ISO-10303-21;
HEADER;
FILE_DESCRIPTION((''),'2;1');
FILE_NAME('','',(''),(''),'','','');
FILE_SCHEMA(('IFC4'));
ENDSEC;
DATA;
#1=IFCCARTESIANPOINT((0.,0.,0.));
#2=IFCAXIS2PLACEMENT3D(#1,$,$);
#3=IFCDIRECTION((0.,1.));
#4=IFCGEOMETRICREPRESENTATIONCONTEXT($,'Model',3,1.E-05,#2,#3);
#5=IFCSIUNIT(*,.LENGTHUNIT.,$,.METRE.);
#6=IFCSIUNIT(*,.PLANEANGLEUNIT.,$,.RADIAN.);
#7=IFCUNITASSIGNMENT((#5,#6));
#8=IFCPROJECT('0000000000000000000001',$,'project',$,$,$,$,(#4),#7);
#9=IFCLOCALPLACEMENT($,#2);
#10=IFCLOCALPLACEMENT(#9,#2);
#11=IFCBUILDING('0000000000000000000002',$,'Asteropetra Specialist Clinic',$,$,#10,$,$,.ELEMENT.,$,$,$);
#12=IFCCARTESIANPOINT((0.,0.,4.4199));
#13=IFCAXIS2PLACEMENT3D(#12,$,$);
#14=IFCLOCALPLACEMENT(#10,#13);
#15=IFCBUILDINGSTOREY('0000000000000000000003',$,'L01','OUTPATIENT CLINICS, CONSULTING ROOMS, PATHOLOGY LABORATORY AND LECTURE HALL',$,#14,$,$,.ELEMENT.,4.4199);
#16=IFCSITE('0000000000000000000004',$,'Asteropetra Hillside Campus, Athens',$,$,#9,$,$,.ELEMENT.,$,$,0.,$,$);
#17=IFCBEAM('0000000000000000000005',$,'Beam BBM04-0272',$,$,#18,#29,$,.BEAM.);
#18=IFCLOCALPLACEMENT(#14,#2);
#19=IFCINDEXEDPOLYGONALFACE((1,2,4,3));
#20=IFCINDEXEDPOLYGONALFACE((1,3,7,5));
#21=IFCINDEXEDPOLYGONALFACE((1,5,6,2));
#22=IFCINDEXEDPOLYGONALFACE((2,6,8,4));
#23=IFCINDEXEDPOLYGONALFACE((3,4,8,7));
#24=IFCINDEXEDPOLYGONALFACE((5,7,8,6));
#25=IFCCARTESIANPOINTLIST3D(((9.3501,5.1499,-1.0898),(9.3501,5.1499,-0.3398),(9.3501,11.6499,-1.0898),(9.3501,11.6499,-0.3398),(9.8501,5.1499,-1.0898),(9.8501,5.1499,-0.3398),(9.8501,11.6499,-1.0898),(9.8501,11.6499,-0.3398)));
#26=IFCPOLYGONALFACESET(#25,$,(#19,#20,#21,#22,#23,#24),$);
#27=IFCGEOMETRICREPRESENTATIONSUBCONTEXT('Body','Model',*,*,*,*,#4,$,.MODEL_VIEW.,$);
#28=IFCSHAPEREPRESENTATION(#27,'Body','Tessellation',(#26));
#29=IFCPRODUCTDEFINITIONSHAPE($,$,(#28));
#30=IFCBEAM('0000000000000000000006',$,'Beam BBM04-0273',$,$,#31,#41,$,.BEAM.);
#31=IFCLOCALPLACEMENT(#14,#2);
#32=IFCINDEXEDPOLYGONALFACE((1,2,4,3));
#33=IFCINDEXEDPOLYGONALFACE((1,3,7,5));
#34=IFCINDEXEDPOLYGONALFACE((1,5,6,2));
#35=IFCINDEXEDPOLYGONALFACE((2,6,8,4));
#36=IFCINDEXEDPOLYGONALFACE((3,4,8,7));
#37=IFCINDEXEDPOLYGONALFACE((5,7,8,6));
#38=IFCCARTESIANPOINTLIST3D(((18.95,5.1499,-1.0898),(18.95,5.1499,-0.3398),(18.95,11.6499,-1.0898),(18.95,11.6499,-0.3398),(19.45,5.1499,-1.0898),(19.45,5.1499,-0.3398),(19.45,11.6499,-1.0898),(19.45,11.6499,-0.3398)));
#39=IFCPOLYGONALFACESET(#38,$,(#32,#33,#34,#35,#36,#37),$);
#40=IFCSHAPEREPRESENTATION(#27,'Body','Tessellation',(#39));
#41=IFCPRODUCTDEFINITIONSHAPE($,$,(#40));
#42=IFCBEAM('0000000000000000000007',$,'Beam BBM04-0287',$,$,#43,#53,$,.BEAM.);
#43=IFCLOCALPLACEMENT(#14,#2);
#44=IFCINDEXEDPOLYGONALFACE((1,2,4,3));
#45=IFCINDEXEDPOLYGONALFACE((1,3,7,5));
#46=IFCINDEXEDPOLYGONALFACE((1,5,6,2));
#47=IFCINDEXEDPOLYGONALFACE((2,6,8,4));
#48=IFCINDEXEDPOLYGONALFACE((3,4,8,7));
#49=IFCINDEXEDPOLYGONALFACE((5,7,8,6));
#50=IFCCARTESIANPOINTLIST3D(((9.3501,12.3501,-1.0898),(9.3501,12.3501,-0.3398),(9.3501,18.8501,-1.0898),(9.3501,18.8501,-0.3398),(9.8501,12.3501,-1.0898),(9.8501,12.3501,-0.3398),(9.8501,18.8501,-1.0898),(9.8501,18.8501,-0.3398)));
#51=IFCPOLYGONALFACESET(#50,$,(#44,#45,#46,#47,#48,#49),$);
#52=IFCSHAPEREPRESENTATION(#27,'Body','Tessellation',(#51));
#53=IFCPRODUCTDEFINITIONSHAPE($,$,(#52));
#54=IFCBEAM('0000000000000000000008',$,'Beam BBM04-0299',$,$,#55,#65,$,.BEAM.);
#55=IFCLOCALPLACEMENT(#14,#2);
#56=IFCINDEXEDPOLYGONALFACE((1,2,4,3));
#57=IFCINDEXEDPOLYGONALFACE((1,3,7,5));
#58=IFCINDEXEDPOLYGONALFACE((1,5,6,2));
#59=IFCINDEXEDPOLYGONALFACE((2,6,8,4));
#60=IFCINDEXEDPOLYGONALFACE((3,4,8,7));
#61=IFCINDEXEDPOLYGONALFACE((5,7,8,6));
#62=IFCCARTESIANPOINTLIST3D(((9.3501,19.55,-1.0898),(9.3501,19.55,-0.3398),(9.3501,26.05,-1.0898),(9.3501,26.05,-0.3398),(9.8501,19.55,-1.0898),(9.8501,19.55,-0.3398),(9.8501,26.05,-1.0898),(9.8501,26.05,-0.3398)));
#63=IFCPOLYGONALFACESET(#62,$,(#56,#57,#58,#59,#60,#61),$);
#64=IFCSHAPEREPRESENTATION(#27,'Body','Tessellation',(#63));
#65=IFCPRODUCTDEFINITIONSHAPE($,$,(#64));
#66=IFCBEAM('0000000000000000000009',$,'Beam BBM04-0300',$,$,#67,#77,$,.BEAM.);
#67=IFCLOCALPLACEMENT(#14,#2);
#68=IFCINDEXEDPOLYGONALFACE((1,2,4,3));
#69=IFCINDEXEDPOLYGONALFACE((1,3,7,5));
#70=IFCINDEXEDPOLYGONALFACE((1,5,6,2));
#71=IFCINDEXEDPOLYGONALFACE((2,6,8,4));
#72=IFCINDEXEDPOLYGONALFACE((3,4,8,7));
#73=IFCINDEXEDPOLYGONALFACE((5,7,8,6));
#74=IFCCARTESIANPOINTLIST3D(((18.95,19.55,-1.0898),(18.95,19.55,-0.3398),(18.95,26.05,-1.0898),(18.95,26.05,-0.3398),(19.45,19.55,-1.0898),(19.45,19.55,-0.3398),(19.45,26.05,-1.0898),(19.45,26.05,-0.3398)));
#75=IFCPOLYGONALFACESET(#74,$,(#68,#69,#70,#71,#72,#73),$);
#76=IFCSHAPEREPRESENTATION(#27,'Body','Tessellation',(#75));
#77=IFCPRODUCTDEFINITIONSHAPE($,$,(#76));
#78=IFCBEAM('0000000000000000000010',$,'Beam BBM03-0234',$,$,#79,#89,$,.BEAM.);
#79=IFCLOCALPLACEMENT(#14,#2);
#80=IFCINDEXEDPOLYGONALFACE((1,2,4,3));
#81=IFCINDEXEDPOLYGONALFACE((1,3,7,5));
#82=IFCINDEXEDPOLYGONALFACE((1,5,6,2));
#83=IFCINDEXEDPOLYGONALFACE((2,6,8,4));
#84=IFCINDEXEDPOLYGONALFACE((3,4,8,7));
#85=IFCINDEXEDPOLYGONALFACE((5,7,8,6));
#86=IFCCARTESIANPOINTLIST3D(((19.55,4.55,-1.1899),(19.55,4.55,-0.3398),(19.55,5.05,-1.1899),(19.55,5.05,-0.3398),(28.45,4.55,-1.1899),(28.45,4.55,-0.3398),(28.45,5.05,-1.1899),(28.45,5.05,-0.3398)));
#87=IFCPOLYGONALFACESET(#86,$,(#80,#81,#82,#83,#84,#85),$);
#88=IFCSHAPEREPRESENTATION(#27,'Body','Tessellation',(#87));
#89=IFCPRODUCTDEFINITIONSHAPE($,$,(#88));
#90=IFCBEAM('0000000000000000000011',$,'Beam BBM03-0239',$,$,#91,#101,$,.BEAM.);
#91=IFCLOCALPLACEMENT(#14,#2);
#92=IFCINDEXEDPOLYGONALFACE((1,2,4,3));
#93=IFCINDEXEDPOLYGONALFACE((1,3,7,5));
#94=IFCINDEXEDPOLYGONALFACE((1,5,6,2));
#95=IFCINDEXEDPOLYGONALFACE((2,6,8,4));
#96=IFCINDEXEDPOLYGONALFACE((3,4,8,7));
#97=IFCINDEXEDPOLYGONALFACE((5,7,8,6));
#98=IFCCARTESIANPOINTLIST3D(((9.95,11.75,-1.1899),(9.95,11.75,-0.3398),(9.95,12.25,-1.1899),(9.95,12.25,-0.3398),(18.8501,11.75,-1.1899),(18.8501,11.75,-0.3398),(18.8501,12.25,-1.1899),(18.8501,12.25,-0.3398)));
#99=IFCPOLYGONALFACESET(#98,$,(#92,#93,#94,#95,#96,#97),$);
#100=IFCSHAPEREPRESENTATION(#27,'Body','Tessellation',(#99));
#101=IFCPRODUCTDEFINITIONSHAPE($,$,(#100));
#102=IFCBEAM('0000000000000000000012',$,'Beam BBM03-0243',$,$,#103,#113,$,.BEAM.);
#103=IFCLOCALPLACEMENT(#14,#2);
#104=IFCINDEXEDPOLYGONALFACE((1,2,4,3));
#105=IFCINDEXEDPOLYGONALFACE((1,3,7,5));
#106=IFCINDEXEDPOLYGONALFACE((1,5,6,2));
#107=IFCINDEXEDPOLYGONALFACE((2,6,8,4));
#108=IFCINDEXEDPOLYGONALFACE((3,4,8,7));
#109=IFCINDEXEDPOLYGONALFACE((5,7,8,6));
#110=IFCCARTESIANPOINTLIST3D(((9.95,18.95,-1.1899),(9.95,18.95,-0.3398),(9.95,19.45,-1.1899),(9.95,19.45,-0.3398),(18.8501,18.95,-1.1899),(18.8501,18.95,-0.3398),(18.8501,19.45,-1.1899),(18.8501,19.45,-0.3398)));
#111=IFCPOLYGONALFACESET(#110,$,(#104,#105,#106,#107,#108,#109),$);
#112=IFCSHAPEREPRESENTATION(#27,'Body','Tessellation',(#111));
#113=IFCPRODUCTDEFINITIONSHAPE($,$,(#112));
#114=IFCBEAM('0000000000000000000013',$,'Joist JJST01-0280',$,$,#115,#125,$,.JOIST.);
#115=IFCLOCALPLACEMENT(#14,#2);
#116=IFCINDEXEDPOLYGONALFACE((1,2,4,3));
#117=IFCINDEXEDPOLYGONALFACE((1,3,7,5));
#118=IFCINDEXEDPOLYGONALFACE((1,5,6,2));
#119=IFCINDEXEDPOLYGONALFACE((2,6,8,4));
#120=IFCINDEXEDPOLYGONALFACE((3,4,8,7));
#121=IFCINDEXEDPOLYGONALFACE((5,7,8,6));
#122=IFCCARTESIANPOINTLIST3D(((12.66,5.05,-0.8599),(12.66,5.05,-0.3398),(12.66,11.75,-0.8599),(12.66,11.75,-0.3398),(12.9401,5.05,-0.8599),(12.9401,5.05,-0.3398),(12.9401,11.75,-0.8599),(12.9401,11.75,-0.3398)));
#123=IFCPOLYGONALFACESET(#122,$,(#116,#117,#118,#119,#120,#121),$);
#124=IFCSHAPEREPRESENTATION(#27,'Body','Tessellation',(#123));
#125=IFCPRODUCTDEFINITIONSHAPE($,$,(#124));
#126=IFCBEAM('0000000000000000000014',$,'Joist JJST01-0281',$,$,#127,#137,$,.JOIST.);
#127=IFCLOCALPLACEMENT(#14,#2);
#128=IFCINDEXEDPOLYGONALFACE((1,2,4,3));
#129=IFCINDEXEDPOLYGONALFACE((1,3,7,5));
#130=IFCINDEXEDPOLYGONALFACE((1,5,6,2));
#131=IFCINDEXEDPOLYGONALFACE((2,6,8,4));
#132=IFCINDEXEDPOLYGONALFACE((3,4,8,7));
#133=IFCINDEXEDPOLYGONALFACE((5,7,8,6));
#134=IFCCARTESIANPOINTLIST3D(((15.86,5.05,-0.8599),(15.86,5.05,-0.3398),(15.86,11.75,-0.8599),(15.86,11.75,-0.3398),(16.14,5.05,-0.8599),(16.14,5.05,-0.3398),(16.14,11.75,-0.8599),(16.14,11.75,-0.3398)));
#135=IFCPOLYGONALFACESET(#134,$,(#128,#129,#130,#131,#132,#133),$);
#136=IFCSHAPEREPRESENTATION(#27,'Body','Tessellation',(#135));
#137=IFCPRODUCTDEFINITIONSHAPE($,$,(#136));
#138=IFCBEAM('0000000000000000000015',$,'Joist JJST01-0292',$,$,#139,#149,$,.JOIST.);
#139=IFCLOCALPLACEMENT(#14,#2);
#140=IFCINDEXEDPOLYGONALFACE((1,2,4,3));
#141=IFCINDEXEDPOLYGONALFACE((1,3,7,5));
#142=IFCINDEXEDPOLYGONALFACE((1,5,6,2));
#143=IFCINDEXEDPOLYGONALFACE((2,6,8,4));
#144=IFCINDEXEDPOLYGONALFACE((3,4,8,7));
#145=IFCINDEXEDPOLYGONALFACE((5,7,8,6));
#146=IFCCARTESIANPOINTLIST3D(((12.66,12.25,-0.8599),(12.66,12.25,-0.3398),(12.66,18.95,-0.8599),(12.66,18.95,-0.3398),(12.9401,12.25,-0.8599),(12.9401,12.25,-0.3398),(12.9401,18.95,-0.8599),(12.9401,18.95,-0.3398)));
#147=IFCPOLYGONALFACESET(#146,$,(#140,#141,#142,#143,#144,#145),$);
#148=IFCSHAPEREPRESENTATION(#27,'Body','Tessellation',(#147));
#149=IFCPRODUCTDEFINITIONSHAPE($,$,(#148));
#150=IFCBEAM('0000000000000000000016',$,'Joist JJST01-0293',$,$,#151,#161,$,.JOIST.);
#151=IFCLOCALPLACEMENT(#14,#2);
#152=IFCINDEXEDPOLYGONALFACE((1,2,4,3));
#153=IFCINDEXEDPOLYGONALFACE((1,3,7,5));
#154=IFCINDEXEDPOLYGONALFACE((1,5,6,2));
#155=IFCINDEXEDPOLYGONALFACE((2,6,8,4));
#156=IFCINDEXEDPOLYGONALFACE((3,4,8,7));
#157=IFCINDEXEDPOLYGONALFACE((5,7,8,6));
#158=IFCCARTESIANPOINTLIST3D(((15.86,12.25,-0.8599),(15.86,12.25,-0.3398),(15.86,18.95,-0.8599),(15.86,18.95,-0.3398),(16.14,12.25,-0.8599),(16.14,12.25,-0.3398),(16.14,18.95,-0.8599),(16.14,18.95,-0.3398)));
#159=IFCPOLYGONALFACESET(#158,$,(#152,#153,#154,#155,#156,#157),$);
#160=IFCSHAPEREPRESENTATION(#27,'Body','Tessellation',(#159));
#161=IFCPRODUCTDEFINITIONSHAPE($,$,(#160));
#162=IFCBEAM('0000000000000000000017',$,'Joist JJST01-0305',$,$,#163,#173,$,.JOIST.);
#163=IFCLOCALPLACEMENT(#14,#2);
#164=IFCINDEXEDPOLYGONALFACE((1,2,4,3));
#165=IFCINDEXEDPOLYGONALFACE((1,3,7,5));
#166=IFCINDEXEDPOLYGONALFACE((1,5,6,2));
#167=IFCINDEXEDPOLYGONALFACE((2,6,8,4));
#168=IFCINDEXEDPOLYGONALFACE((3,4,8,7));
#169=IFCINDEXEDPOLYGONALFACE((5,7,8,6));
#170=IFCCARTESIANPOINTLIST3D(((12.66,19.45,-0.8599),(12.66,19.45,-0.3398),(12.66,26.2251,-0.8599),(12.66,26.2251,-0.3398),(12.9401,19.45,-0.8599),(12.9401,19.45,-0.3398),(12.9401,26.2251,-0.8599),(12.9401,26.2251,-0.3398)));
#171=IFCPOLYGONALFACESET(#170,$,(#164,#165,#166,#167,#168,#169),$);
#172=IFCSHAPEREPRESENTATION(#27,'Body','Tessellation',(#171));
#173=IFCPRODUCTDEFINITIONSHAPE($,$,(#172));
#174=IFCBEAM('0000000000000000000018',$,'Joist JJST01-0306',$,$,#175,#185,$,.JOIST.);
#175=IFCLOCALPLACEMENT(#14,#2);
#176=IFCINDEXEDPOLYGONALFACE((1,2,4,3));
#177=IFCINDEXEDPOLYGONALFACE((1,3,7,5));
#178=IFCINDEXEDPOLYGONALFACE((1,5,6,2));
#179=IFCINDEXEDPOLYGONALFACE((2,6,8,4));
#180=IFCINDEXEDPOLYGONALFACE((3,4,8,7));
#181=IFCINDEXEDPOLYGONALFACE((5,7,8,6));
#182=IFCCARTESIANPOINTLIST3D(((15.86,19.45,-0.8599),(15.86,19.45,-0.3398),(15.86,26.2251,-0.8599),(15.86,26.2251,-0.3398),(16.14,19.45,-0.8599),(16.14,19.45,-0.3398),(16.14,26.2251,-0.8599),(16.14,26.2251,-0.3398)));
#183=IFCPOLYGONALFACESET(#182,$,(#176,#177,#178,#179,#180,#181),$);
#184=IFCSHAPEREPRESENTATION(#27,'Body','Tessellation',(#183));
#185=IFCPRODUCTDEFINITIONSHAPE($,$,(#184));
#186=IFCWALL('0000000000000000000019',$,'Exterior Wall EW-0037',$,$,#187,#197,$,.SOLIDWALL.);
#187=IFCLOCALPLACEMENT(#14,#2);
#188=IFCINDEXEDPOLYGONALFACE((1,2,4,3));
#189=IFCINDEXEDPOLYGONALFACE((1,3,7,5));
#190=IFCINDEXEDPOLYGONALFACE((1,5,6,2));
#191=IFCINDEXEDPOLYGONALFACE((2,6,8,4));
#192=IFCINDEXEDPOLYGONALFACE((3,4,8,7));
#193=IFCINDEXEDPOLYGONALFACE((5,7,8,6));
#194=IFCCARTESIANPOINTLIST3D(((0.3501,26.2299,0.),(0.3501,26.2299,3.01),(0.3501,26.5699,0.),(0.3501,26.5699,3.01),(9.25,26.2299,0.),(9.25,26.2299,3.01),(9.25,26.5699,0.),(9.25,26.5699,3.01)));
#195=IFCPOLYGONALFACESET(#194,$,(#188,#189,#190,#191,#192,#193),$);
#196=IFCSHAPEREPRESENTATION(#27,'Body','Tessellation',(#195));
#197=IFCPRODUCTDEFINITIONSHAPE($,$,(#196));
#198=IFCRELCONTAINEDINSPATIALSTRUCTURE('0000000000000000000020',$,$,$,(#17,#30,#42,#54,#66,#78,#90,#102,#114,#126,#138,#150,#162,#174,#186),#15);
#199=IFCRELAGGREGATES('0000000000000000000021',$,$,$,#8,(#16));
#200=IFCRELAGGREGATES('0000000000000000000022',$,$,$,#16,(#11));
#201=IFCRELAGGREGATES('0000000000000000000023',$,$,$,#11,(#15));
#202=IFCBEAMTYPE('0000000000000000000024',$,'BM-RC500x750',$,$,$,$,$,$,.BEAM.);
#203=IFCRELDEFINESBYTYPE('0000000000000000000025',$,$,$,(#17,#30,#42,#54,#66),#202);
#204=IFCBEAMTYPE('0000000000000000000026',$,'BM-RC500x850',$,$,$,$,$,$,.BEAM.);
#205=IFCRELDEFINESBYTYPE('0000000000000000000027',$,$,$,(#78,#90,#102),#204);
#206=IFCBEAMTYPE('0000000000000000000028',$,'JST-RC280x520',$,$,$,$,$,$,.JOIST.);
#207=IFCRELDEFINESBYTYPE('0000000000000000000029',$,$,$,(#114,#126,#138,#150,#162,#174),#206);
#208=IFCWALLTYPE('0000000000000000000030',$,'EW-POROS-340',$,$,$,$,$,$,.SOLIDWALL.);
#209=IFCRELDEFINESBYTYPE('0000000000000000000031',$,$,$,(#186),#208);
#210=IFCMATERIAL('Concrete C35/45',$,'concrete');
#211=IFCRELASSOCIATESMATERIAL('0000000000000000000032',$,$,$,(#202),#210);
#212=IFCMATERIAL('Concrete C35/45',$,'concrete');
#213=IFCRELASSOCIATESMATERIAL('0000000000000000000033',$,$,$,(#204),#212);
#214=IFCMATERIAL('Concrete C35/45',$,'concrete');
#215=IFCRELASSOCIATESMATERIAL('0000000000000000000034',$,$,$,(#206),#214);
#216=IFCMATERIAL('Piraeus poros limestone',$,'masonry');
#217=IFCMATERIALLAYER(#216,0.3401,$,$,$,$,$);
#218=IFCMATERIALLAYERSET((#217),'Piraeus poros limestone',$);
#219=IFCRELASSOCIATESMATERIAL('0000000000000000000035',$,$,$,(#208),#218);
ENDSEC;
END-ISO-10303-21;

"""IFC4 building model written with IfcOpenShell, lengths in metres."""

from ifc_helpers import new_model, si_unit, direction, frame, frame_2d, origin, origin_2d, place, context, subcontext, project, spatial, rectangle, extrude, material, layer, layer_set, material_profile, profile_set, type_object, element, save


model = new_model("IFC4")

# Units and contexts
model_context = context("Model", 3, precision=1e-05, world=origin(), true_north=direction((0.0, 1.0)))
body_context = subcontext(model_context, "Body", "Model", "MODEL_VIEW")
ifc_project = project(units=[si_unit("LENGTHUNIT", "METRE"), si_unit("PLANEANGLEUNIT", "RADIAN")], contexts=[model_context])

# Site, building, storey
site_placement = place(None, origin())
site = spatial("IfcSite", under=ifc_project, at=site_placement, Name="Asteropetra Hillside Campus, Athens", CompositionType="ELEMENT", RefElevation=0.0)
building_placement = place(site_placement, origin())
building = spatial("IfcBuilding", under=site, at=building_placement, Name="Asteropetra Specialist Clinic", CompositionType="ELEMENT")
storey_placement = place(building_placement, frame((0.0, 0.0, 4.4199)))
storey = spatial("IfcBuildingStorey", under=building, at=storey_placement, Name="L01", Description="OUTPATIENT CLINICS, CONSULTING ROOMS, PATHOLOGY LABORATORY AND LECTURE HALL", CompositionType="ELEMENT", Elevation=4.4199)

# Beams
ifc_material_1 = material(Name="Concrete C35/45", Category="concrete")
ifc_material_profile_1 = material_profile(ifc_material_1, rectangle(XDim=0.5, YDim=0.75, at=origin_2d()), Name="RCB 500x750")
ifc_profile_set_1 = profile_set([ifc_material_profile_1], Name="Concrete C35/45")
beam_type_1 = type_object("IfcBeamType", Name="BM-RC500x750", PredefinedType="BEAM", material=ifc_profile_set_1)
for number, where, z_axis, x_axis, name in (
    (1, (9.6001, 5.1499, -0.7148), (0.0, 1.0, 0.0), (-1.0, 0.0, 0.0), "Beam BBM04-0272"),
    (2, (19.2, 5.1499, -0.7148), (0.0, 1.0, 0.0), (-1.0, 0.0, 0.0), "Beam BBM04-0273"),
    (3, (9.6001, 12.3501, -0.7148), (0.0, 1.0, 0.0), (-1.0, 0.0, 0.0), "Beam BBM04-0287"),
    (4, (9.6001, 19.55, -0.7148), (0.0, 1.0, 0.0), (-1.0, 0.0, 0.0), "Beam BBM04-0299"),
    (5, (19.2, 19.55, -0.7148), (0.0, 1.0, 0.0), (-1.0, 0.0, 0.0), "Beam BBM04-0300"),
):
    element("IfcBeam", number, at=place(storey_placement, frame(where, z_axis=z_axis, x_axis=x_axis)), inside=storey, type_object=beam_type_1, Name=name, PredefinedType="BEAM", context=body_context, shape_type="SweptSolid", body=[
        extrude(rectangle(XDim=0.5, YDim=0.75, at=origin_2d()), origin(), (0.0, 0.0, 1.0), 6.5),
    ])
ifc_material_2 = material(Name="Concrete C35/45", Category="concrete")
ifc_material_profile_2 = material_profile(ifc_material_2, rectangle(XDim=0.5, YDim=0.8501, at=origin_2d()), Name="RCB 500x850")
ifc_profile_set_2 = profile_set([ifc_material_profile_2], Name="Concrete C35/45")
beam_type_2 = type_object("IfcBeamType", Name="BM-RC500x850", PredefinedType="BEAM", material=ifc_profile_set_2)
beam_placement = place(storey_placement, frame((19.55, 4.8, -0.7649), z_axis=(1.0, 0.0, 0.0), x_axis=(0.0, 1.0, 0.0)))
element("IfcBeam", 6, at=beam_placement, inside=storey, type_object=beam_type_2, Name="Beam BBM03-0234", PredefinedType="BEAM", context=body_context, shape_type="SweptSolid", body=[
    extrude(rectangle(XDim=0.5, YDim=0.8501, at=origin_2d()), origin(), (0.0, 0.0, 1.0), 8.8999),
])
for number, where, z_axis, x_axis, name in (
    (7, (9.95, 12.0, -0.7649), (1.0, 0.0, 0.0), (0.0, 1.0, 0.0), "Beam BBM03-0239"),
    (8, (9.95, 19.2, -0.7649), (1.0, 0.0, 0.0), (0.0, 1.0, 0.0), "Beam BBM03-0243"),
):
    element("IfcBeam", number, at=place(storey_placement, frame(where, z_axis=z_axis, x_axis=x_axis)), inside=storey, type_object=beam_type_2, Name=name, PredefinedType="BEAM", context=body_context, shape_type="SweptSolid", body=[
        extrude(rectangle(XDim=0.5, YDim=0.8501, at=origin_2d()), origin(), (0.0, 0.0, 1.0), 8.9001),
    ])
ifc_material_3 = material(Name="Concrete C35/45", Category="concrete")
ifc_material_profile_3 = material_profile(ifc_material_3, rectangle(XDim=0.28, YDim=0.52, at=origin_2d()), Name="RCJ 280x520")
ifc_profile_set_3 = profile_set([ifc_material_profile_3], Name="Concrete C35/45")
beam_type_3 = type_object("IfcBeamType", Name="JST-RC280x520", PredefinedType="JOIST", material=ifc_profile_set_3)
for number, where, z_axis, x_axis, name in (
    (9, (12.8, 5.05, -0.5999), (0.0, 1.0, 0.0), (-1.0, 0.0, 0.0), "Joist JJST01-0280"),
    (10, (16.0, 5.05, -0.5999), (0.0, 1.0, 0.0), (-1.0, 0.0, 0.0), "Joist JJST01-0281"),
    (11, (12.8, 12.25, -0.5999), (0.0, 1.0, 0.0), (-1.0, 0.0, 0.0), "Joist JJST01-0292"),
    (12, (16.0, 12.25, -0.5999), (0.0, 1.0, 0.0), (-1.0, 0.0, 0.0), "Joist JJST01-0293"),
):
    element("IfcBeam", number, at=place(storey_placement, frame(where, z_axis=z_axis, x_axis=x_axis)), inside=storey, type_object=beam_type_3, Name=name, PredefinedType="JOIST", context=body_context, shape_type="SweptSolid", body=[
        extrude(rectangle(XDim=0.28, YDim=0.52, at=origin_2d()), origin(), (0.0, 0.0, 1.0), 6.7),
    ])
for number, where, z_axis, x_axis, name in (
    (13, (12.8, 19.45, -0.5999), (0.0, 1.0, 0.0), (-1.0, 0.0, 0.0), "Joist JJST01-0305"),
    (14, (16.0, 19.45, -0.5999), (0.0, 1.0, 0.0), (-1.0, 0.0, 0.0), "Joist JJST01-0306"),
):
    element("IfcBeam", number, at=place(storey_placement, frame(where, z_axis=z_axis, x_axis=x_axis)), inside=storey, type_object=beam_type_3, Name=name, PredefinedType="JOIST", context=body_context, shape_type="SweptSolid", body=[
        extrude(rectangle(XDim=0.28, YDim=0.52, at=origin_2d()), origin(), (0.0, 0.0, 1.0), 6.7751),
    ])

# Wall
ifc_material_4 = material(Name="Piraeus poros limestone", Category="masonry")
ifc_layer_1 = layer(ifc_material_4, 0.3401)
ifc_layer_set_1 = layer_set([ifc_layer_1], Name="Piraeus poros limestone")
wall_type_1 = type_object("IfcWallType", Name="EW-POROS-340", PredefinedType="SOLIDWALL", material=ifc_layer_set_1)
wall_1_placement = place(storey_placement, frame((9.25, 26.3999, 0.0), z_axis=(0.0, 0.0, 1.0), x_axis=(-1.0, 0.0, 0.0)))
element("IfcWall", 15, at=wall_1_placement, inside=storey, type_object=wall_type_1, Name="Exterior Wall EW-0037", PredefinedType="SOLIDWALL", context=body_context, shape_type="SweptSolid", body=[
    extrude(rectangle(XDim=8.8999, YDim=0.3401, at=frame_2d((4.45, 0.0))), origin(), (0.0, 0.0, 1.0), 3.01),
])

save(model, "model.ifc")
